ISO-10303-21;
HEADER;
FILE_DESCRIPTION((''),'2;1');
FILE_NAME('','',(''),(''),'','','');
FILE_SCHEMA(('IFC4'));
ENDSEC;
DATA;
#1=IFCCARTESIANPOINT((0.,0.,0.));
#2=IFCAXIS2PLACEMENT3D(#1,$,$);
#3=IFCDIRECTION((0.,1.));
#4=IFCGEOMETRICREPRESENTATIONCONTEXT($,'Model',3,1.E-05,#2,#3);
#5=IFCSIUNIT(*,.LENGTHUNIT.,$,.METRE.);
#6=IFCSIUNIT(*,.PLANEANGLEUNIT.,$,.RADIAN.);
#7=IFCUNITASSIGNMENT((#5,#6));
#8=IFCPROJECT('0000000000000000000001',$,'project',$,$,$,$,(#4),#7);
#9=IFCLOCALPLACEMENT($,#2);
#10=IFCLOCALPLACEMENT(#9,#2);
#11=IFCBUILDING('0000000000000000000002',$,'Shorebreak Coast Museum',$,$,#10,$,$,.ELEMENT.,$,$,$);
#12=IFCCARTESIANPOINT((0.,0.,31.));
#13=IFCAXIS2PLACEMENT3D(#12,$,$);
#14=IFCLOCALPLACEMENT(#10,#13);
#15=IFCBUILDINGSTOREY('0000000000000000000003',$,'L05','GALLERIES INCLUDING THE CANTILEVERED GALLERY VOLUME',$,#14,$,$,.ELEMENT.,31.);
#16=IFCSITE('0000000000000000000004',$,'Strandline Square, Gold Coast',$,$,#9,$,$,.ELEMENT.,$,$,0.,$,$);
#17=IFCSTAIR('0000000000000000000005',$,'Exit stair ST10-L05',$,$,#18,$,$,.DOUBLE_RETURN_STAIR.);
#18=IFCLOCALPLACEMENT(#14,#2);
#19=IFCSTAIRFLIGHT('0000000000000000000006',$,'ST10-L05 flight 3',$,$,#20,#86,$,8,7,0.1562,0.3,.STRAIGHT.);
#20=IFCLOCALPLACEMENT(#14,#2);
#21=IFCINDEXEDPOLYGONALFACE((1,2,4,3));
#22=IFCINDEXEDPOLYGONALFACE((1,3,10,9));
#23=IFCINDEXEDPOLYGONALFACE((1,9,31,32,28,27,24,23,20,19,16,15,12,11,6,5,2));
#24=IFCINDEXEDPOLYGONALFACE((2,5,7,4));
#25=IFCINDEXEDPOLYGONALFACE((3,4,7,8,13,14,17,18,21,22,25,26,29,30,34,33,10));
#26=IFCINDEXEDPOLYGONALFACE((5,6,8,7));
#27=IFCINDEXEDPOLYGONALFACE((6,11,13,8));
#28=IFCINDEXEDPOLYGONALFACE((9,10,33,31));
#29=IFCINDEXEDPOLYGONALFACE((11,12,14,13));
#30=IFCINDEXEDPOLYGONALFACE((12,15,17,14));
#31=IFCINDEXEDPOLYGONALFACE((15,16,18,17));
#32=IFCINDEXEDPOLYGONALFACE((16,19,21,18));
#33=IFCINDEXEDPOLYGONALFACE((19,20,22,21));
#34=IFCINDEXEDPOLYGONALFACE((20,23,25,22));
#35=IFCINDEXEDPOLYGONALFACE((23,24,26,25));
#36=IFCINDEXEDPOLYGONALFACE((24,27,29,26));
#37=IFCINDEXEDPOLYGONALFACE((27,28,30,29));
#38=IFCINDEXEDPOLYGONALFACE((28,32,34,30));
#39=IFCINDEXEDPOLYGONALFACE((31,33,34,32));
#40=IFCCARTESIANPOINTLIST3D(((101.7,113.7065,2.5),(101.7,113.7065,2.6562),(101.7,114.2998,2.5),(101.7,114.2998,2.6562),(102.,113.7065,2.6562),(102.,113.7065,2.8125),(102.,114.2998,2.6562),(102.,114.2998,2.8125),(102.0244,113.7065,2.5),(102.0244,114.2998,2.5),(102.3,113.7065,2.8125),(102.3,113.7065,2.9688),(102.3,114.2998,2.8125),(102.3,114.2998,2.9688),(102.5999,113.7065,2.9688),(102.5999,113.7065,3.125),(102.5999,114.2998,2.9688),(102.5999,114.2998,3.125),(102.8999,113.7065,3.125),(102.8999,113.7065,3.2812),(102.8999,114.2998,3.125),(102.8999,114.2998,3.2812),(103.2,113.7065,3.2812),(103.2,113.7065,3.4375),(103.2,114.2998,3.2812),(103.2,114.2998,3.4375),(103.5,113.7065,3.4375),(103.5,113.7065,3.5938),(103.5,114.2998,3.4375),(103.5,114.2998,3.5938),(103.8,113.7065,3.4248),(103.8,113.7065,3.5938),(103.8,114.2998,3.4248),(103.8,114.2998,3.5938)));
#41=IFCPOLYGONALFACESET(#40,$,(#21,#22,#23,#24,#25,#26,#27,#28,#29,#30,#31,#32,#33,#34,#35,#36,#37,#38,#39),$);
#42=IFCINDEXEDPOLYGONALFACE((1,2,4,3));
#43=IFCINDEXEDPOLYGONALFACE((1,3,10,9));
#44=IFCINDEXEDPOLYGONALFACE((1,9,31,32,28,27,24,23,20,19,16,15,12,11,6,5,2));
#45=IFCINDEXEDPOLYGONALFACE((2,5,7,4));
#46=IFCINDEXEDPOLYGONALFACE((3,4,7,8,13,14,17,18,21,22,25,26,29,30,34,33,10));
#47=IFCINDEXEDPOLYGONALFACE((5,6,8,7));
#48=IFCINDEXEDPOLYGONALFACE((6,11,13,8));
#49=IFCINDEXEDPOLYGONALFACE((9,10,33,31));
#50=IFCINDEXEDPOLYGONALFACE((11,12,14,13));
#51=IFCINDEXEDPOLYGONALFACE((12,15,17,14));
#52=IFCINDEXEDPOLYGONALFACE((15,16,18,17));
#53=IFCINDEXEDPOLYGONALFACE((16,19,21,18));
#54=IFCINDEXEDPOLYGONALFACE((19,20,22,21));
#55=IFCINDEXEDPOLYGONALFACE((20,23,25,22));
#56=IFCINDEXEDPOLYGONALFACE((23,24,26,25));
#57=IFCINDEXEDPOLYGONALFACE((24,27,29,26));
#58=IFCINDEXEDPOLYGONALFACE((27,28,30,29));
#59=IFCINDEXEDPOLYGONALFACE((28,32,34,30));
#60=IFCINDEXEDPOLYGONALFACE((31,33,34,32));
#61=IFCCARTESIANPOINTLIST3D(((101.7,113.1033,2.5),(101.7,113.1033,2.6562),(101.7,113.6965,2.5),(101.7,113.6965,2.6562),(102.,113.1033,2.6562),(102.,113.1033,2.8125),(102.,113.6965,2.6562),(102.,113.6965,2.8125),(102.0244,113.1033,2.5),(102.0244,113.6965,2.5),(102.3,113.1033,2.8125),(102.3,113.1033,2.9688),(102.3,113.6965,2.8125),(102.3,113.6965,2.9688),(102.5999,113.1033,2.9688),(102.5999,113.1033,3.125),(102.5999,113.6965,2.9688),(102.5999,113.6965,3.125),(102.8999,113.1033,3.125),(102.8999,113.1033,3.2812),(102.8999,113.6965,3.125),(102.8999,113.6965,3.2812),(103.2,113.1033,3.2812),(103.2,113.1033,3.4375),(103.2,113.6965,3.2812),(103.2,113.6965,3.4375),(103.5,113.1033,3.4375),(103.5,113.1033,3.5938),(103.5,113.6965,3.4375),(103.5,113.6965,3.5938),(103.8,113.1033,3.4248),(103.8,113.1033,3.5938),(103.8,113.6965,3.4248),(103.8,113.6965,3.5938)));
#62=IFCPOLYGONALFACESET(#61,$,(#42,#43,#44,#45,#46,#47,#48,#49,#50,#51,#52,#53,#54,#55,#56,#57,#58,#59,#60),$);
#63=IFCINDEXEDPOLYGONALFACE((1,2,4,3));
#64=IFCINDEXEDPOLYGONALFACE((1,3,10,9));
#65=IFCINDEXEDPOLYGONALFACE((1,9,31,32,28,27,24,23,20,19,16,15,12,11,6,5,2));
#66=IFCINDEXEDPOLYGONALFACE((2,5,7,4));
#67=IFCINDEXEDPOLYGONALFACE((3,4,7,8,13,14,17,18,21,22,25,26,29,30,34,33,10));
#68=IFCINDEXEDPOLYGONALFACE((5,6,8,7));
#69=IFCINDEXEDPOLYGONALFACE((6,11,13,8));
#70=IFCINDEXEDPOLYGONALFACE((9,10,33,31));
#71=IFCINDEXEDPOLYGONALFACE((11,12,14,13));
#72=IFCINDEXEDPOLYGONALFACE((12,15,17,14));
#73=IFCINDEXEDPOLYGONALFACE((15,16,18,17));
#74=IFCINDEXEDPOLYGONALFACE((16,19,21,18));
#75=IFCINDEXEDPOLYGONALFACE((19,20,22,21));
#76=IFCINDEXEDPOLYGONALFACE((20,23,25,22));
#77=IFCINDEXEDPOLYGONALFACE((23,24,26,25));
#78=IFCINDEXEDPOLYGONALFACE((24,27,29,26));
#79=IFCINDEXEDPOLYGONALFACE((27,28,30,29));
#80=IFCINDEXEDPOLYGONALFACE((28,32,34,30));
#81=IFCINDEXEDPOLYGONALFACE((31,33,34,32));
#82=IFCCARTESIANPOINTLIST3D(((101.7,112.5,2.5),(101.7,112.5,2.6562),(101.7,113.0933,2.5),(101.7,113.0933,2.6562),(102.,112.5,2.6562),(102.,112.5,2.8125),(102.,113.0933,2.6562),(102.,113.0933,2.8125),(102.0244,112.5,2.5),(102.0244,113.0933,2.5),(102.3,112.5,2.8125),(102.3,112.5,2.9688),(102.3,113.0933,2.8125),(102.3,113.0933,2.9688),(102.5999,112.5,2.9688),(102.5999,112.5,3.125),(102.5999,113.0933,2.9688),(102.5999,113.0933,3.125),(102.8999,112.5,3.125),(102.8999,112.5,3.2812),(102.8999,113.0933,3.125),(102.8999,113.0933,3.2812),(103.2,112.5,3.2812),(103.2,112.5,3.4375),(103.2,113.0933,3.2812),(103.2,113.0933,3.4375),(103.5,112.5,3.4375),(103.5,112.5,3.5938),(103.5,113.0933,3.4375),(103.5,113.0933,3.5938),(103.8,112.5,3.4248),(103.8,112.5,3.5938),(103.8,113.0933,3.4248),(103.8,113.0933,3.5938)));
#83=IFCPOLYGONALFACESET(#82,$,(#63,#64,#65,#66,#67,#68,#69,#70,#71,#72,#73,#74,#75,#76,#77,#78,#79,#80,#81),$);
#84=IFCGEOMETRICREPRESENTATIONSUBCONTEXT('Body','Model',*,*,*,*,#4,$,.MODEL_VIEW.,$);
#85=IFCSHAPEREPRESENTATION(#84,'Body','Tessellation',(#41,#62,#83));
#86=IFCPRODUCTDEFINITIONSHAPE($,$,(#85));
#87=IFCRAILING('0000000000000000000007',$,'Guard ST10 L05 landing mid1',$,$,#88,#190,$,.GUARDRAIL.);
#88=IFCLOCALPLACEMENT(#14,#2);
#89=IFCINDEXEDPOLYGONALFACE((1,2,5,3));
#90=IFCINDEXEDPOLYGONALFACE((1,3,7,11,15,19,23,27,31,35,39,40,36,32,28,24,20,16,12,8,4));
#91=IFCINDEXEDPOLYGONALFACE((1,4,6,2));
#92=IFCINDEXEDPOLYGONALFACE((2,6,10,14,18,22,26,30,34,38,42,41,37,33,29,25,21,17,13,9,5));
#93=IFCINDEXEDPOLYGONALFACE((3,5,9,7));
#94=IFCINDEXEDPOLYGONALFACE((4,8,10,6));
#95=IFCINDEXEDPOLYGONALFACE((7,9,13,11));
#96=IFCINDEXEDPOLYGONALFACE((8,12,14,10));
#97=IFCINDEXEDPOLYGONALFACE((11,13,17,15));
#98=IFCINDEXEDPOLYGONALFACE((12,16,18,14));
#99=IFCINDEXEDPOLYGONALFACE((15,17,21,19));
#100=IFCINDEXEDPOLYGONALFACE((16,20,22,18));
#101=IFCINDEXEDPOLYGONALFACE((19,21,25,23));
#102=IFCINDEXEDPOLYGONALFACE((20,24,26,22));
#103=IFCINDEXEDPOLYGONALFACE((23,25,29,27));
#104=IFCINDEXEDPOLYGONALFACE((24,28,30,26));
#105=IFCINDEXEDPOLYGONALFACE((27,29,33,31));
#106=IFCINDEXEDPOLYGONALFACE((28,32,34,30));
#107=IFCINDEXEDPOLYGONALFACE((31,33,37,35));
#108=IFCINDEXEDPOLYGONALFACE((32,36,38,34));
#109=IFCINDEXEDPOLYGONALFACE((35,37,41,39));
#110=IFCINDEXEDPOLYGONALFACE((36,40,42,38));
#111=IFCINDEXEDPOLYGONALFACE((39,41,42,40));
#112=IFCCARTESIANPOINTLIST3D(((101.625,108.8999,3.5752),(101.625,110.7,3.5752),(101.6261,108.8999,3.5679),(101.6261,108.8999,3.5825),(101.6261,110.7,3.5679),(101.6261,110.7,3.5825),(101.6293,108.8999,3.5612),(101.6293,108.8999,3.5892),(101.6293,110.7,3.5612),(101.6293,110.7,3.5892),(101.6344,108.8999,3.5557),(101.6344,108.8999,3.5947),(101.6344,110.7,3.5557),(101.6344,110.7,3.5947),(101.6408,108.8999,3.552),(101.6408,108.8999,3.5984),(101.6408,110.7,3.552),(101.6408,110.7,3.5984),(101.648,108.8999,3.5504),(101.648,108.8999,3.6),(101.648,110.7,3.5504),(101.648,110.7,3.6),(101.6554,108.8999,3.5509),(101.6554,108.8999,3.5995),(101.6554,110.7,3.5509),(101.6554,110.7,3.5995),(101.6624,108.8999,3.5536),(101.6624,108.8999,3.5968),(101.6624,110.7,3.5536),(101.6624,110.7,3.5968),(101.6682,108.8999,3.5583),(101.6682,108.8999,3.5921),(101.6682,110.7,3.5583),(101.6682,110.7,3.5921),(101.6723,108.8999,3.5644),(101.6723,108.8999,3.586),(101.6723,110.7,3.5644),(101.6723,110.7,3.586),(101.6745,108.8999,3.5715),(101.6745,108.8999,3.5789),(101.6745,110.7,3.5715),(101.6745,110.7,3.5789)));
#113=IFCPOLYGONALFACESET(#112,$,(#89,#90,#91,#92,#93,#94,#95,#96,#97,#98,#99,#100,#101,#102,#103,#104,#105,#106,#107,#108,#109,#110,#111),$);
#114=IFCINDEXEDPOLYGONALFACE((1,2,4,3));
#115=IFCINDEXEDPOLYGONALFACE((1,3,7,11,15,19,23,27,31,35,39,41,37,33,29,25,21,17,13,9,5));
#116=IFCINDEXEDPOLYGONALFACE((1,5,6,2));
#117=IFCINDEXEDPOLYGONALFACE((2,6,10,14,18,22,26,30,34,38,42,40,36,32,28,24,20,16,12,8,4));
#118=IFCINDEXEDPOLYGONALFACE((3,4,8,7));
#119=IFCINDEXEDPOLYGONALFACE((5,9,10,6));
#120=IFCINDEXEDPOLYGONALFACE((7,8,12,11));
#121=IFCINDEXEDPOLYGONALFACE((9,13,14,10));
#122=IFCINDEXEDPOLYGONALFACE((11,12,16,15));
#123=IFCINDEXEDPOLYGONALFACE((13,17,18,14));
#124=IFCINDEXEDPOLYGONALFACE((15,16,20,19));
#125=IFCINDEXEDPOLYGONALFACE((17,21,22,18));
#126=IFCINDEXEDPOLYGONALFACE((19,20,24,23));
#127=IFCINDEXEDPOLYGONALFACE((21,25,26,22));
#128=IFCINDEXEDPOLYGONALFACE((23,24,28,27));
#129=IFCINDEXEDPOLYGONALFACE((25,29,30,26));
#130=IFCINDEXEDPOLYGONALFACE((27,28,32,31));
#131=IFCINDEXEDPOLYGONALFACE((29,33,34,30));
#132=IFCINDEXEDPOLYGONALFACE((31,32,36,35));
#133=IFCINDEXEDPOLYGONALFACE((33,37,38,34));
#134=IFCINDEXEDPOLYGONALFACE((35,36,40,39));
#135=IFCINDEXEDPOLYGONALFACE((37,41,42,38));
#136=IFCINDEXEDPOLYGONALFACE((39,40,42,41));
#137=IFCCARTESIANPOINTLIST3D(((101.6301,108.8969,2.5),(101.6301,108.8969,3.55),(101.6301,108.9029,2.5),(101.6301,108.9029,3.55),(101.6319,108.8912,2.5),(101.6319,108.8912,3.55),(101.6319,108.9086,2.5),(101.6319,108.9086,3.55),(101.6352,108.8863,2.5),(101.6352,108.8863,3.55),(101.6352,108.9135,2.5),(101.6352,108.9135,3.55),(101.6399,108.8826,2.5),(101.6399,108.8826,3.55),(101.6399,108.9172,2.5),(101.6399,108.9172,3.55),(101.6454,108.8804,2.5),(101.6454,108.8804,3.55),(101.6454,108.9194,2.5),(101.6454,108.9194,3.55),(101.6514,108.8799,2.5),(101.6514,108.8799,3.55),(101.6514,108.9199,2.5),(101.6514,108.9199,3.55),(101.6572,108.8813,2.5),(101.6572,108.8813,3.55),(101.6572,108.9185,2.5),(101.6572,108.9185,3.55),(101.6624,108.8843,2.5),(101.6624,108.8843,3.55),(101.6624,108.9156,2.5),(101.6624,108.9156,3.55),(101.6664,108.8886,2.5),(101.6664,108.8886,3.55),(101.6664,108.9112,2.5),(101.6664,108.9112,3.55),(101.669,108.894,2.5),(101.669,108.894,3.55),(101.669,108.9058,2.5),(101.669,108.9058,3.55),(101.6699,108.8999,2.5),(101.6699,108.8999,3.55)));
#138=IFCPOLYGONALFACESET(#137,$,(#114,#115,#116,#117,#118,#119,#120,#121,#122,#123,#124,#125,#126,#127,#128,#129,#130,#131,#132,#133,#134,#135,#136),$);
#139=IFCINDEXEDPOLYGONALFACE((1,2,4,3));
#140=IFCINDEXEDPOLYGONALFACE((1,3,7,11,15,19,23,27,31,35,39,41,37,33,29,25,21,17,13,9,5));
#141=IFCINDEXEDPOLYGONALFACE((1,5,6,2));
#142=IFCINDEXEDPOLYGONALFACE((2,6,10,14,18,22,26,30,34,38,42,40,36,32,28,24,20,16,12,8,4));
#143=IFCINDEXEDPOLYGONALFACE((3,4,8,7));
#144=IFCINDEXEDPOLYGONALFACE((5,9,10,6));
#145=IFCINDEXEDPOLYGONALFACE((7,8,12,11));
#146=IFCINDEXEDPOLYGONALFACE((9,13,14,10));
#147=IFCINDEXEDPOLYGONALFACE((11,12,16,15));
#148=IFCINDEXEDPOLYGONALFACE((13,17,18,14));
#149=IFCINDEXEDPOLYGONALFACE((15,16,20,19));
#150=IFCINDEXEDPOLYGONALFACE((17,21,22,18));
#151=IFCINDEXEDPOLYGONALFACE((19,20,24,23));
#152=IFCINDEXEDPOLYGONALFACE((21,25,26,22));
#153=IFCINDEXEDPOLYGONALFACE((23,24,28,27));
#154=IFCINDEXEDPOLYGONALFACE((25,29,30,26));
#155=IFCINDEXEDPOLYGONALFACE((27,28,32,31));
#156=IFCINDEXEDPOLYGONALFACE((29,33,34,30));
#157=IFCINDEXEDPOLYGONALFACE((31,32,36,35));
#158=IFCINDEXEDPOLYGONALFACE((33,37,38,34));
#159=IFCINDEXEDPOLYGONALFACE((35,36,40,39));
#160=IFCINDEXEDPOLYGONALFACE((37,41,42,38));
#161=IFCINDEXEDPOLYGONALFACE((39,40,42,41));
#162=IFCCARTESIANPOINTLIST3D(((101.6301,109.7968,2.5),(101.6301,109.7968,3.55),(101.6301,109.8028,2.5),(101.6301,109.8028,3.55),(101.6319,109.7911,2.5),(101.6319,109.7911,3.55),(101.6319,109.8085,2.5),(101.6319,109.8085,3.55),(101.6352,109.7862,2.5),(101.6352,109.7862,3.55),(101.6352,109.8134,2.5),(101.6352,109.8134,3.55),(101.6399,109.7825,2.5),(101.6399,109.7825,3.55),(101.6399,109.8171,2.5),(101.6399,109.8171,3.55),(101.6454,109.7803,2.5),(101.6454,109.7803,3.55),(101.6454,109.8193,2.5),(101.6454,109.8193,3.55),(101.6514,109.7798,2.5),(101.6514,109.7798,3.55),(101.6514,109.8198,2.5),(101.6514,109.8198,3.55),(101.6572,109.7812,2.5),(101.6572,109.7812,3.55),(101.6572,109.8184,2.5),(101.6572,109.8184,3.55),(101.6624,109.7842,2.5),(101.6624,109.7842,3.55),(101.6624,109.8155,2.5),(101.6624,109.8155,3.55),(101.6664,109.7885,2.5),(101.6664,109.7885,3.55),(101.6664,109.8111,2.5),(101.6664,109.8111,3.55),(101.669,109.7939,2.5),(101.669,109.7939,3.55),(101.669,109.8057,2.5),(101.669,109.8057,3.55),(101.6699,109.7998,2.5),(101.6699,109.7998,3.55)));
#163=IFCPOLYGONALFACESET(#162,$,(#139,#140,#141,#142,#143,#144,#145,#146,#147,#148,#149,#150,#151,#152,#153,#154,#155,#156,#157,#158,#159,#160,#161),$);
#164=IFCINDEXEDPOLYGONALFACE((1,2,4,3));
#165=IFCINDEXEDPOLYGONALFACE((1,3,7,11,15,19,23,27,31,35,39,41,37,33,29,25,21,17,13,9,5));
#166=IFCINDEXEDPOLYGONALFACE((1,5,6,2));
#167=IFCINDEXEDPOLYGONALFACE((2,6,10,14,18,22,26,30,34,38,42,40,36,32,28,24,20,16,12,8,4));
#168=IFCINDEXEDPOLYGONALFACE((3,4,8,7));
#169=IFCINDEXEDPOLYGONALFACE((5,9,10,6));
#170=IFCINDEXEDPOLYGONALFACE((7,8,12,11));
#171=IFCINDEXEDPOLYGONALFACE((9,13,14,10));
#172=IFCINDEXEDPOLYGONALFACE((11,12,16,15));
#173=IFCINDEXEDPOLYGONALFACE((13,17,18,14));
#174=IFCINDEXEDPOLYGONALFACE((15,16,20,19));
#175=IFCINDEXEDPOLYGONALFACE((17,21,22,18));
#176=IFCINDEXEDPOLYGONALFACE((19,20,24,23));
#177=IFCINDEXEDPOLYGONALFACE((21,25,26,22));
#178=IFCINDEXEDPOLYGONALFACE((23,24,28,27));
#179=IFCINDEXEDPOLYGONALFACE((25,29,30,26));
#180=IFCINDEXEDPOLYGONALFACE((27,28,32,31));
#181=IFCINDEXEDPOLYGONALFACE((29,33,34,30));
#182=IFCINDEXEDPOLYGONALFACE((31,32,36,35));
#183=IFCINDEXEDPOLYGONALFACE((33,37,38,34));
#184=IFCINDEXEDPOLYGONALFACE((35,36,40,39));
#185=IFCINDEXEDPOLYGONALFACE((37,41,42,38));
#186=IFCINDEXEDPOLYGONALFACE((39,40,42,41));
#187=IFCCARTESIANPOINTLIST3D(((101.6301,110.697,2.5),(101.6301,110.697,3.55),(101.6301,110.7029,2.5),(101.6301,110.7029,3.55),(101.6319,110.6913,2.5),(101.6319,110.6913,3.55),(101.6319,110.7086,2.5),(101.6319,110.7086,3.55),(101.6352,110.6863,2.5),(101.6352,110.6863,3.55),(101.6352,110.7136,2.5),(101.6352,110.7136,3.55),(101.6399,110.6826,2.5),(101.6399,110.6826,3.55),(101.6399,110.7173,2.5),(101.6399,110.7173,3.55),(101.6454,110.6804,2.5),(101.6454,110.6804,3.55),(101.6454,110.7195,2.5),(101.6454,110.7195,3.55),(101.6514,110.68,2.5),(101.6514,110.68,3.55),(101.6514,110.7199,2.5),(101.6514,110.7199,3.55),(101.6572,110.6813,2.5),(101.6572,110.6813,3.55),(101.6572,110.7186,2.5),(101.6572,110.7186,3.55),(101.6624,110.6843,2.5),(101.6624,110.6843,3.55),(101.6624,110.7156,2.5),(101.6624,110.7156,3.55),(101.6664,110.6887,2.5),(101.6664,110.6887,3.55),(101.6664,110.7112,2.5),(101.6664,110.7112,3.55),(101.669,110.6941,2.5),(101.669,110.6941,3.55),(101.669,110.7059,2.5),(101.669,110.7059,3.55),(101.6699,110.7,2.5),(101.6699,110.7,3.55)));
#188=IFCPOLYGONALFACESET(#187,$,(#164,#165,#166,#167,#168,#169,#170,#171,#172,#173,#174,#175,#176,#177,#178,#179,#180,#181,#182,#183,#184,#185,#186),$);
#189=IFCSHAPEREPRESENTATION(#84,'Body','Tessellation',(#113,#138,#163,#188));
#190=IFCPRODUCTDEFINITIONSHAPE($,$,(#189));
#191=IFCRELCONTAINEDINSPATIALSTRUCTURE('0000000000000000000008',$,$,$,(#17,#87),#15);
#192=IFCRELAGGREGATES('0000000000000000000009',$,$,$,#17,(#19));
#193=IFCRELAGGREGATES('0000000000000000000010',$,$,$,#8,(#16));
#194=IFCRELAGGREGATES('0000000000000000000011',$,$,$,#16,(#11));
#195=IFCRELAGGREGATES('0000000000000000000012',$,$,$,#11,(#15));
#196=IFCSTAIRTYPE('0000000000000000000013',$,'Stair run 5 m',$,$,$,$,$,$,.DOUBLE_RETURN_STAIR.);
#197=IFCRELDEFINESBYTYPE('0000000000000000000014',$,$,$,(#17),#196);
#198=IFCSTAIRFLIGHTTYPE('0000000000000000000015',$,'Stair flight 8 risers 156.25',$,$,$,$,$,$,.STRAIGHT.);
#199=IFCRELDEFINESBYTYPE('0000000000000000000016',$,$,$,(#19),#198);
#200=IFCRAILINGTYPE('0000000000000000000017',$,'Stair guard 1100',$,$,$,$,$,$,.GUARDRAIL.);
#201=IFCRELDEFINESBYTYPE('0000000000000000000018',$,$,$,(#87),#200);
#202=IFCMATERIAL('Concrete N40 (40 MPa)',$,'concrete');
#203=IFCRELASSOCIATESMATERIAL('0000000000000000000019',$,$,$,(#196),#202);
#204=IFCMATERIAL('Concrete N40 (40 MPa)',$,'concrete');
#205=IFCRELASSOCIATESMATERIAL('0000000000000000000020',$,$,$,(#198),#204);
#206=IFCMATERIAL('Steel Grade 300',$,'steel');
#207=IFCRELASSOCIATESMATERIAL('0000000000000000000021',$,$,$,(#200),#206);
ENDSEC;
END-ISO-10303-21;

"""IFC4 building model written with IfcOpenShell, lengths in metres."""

from ifc_helpers import new_model, si_unit, direction, frame, origin, origin_2d, place, context, subcontext, project, spatial, polyline, circle, outline, extrude, material, type_object, element, aggregate, save


model = new_model("IFC4")

# Units and contexts
model_context = context("Model", 3, precision=1e-05, world=origin(), true_north=direction((0.0, 1.0)))
body_context = subcontext(model_context, "Body", "Model", "MODEL_VIEW")
ifc_project = project(units=[si_unit("LENGTHUNIT", "METRE"), si_unit("PLANEANGLEUNIT", "RADIAN")], contexts=[model_context])

# Site, building, storey
site_placement = place(None, origin())
site = spatial("IfcSite", under=ifc_project, at=site_placement, Name="Strandline Square, Gold Coast", CompositionType="ELEMENT", RefElevation=0.0)
building_placement = place(site_placement, origin())
building = spatial("IfcBuilding", under=site, at=building_placement, Name="Shorebreak Coast Museum", CompositionType="ELEMENT")
storey_placement = place(building_placement, frame((0.0, 0.0, 31.0)))
storey = spatial("IfcBuildingStorey", under=building, at=storey_placement, Name="L05", Description="GALLERIES INCLUDING THE CANTILEVERED GALLERY VOLUME", CompositionType="ELEMENT", Elevation=31.0)

# Stair, stair flight
ifc_material_1 = material(Name="Concrete N40 (40 MPa)", Category="concrete")
stair_type = type_object("IfcStairType", Name="Stair run 5 m", PredefinedType="DOUBLE_RETURN_STAIR", material=ifc_material_1)
stair_placement = place(storey_placement, origin())
stair = element("IfcStair", 1, at=stair_placement, inside=storey, type_object=stair_type, Name="Exit stair ST10-L05", PredefinedType="DOUBLE_RETURN_STAIR")
ifc_material_2 = material(Name="Concrete N40 (40 MPa)", Category="concrete")
stair_flight_type = type_object("IfcStairFlightType", Name="Stair flight 8 risers 156.25", PredefinedType="STRAIGHT", material=ifc_material_2)
stair_flight_1_placement = place(storey_placement, frame((101.7, 113.3999, 2.5), z_axis=(0.0, 0.0, 1.0), x_axis=(1.0, 0.0, 0.0)))
stair_flight_1 = element("IfcStairFlight", 2, at=stair_flight_1_placement, type_object=stair_flight_type, Name="ST10-L05 flight 3", NumberOfRisers=8, NumberOfTreads=7, PredefinedType="STRAIGHT", RiserHeight=0.1562, TreadLength=0.3, context=body_context, shape_type="SweptSolid", body=[
    extrude(outline(polyline([(0.0, 0.0), (0.0, 0.1562), (0.3, 0.1562), (0.3, 0.3125), (0.6001, 0.3125), (0.6001, 0.4688), (0.8999, 0.4688), (0.8999, 0.625), (1.2, 0.625), (1.2, 0.7812), (1.5, 0.7812), (1.5, 0.9375), (1.8, 0.9375), (1.8, 1.0938), (2.1001, 1.0938), (2.1001, 1.25), (2.1001, 0.9248), (0.3245, 0.0), (0.0, 0.0)])), frame((0.0, 0.8999, 0.0), z_axis=(0.0, -1.0, 0.0), x_axis=(1.0, 0.0, 0.0)), (0.0, 0.0, 1.0), 0.5933),
    extrude(outline(polyline([(0.0, 0.0), (0.0, 0.1562), (0.3, 0.1562), (0.3, 0.3125), (0.6001, 0.3125), (0.6001, 0.4688), (0.8999, 0.4688), (0.8999, 0.625), (1.2, 0.625), (1.2, 0.7812), (1.5, 0.7812), (1.5, 0.9375), (1.8, 0.9375), (1.8, 1.0938), (2.1001, 1.0938), (2.1001, 1.25), (2.1001, 0.9248), (0.3245, 0.0), (0.0, 0.0)])), frame((0.0, 0.2966, 0.0), z_axis=(0.0, -1.0, 0.0), x_axis=(1.0, 0.0, 0.0)), (0.0, 0.0, 1.0), 0.5933),
    extrude(outline(polyline([(0.0, 0.0), (0.0, 0.1562), (0.3, 0.1562), (0.3, 0.3125), (0.6001, 0.3125), (0.6001, 0.4688), (0.8999, 0.4688), (0.8999, 0.625), (1.2, 0.625), (1.2, 0.7812), (1.5, 0.7812), (1.5, 0.9375), (1.8, 0.9375), (1.8, 1.0938), (2.1001, 1.0938), (2.1001, 1.25), (2.1001, 0.9248), (0.3245, 0.0), (0.0, 0.0)])), frame((0.0, -0.3066, 0.0), z_axis=(0.0, -1.0, 0.0), x_axis=(1.0, 0.0, 0.0)), (0.0, 0.0, 1.0), 0.5933),
])
aggregate(stair, [stair_flight_1])

# Railing
ifc_material_3 = material(Name="Steel Grade 300", Category="steel")
railing_type_1 = type_object("IfcRailingType", Name="Stair guard 1100", PredefinedType="GUARDRAIL", material=ifc_material_3)
for number, where, name in (
    (3, (101.6499, 108.8999, 2.5), "Guard ST10 L05 landing mid1"),
):
    element("IfcRailing", number, at=place(storey_placement, frame(where)), inside=storey, type_object=railing_type_1, Name=name, PredefinedType="GUARDRAIL", context=body_context, shape_type="SweptSolid", body=[
        extrude(circle(Radius=0.0249, at=origin_2d()), frame((0.0, 0.0, 1.0752), z_axis=(0.0, 1.0, 0.0), x_axis=(-1.0, 0.0, 0.0)), (0.0, 0.0, 1.0), 1.8),
        extrude(circle(Radius=0.02, at=origin_2d()), origin(), (0.0, 0.0, 1.0), 1.05),
        extrude(circle(Radius=0.02, at=origin_2d()), frame((0.0, 0.8999, 0.0)), (0.0, 0.0, 1.0), 1.05),
        extrude(circle(Radius=0.02, at=origin_2d()), frame((0.0, 1.8, 0.0)), (0.0, 0.0, 1.0), 1.05),
    ])

save(model, "model.ifc")
